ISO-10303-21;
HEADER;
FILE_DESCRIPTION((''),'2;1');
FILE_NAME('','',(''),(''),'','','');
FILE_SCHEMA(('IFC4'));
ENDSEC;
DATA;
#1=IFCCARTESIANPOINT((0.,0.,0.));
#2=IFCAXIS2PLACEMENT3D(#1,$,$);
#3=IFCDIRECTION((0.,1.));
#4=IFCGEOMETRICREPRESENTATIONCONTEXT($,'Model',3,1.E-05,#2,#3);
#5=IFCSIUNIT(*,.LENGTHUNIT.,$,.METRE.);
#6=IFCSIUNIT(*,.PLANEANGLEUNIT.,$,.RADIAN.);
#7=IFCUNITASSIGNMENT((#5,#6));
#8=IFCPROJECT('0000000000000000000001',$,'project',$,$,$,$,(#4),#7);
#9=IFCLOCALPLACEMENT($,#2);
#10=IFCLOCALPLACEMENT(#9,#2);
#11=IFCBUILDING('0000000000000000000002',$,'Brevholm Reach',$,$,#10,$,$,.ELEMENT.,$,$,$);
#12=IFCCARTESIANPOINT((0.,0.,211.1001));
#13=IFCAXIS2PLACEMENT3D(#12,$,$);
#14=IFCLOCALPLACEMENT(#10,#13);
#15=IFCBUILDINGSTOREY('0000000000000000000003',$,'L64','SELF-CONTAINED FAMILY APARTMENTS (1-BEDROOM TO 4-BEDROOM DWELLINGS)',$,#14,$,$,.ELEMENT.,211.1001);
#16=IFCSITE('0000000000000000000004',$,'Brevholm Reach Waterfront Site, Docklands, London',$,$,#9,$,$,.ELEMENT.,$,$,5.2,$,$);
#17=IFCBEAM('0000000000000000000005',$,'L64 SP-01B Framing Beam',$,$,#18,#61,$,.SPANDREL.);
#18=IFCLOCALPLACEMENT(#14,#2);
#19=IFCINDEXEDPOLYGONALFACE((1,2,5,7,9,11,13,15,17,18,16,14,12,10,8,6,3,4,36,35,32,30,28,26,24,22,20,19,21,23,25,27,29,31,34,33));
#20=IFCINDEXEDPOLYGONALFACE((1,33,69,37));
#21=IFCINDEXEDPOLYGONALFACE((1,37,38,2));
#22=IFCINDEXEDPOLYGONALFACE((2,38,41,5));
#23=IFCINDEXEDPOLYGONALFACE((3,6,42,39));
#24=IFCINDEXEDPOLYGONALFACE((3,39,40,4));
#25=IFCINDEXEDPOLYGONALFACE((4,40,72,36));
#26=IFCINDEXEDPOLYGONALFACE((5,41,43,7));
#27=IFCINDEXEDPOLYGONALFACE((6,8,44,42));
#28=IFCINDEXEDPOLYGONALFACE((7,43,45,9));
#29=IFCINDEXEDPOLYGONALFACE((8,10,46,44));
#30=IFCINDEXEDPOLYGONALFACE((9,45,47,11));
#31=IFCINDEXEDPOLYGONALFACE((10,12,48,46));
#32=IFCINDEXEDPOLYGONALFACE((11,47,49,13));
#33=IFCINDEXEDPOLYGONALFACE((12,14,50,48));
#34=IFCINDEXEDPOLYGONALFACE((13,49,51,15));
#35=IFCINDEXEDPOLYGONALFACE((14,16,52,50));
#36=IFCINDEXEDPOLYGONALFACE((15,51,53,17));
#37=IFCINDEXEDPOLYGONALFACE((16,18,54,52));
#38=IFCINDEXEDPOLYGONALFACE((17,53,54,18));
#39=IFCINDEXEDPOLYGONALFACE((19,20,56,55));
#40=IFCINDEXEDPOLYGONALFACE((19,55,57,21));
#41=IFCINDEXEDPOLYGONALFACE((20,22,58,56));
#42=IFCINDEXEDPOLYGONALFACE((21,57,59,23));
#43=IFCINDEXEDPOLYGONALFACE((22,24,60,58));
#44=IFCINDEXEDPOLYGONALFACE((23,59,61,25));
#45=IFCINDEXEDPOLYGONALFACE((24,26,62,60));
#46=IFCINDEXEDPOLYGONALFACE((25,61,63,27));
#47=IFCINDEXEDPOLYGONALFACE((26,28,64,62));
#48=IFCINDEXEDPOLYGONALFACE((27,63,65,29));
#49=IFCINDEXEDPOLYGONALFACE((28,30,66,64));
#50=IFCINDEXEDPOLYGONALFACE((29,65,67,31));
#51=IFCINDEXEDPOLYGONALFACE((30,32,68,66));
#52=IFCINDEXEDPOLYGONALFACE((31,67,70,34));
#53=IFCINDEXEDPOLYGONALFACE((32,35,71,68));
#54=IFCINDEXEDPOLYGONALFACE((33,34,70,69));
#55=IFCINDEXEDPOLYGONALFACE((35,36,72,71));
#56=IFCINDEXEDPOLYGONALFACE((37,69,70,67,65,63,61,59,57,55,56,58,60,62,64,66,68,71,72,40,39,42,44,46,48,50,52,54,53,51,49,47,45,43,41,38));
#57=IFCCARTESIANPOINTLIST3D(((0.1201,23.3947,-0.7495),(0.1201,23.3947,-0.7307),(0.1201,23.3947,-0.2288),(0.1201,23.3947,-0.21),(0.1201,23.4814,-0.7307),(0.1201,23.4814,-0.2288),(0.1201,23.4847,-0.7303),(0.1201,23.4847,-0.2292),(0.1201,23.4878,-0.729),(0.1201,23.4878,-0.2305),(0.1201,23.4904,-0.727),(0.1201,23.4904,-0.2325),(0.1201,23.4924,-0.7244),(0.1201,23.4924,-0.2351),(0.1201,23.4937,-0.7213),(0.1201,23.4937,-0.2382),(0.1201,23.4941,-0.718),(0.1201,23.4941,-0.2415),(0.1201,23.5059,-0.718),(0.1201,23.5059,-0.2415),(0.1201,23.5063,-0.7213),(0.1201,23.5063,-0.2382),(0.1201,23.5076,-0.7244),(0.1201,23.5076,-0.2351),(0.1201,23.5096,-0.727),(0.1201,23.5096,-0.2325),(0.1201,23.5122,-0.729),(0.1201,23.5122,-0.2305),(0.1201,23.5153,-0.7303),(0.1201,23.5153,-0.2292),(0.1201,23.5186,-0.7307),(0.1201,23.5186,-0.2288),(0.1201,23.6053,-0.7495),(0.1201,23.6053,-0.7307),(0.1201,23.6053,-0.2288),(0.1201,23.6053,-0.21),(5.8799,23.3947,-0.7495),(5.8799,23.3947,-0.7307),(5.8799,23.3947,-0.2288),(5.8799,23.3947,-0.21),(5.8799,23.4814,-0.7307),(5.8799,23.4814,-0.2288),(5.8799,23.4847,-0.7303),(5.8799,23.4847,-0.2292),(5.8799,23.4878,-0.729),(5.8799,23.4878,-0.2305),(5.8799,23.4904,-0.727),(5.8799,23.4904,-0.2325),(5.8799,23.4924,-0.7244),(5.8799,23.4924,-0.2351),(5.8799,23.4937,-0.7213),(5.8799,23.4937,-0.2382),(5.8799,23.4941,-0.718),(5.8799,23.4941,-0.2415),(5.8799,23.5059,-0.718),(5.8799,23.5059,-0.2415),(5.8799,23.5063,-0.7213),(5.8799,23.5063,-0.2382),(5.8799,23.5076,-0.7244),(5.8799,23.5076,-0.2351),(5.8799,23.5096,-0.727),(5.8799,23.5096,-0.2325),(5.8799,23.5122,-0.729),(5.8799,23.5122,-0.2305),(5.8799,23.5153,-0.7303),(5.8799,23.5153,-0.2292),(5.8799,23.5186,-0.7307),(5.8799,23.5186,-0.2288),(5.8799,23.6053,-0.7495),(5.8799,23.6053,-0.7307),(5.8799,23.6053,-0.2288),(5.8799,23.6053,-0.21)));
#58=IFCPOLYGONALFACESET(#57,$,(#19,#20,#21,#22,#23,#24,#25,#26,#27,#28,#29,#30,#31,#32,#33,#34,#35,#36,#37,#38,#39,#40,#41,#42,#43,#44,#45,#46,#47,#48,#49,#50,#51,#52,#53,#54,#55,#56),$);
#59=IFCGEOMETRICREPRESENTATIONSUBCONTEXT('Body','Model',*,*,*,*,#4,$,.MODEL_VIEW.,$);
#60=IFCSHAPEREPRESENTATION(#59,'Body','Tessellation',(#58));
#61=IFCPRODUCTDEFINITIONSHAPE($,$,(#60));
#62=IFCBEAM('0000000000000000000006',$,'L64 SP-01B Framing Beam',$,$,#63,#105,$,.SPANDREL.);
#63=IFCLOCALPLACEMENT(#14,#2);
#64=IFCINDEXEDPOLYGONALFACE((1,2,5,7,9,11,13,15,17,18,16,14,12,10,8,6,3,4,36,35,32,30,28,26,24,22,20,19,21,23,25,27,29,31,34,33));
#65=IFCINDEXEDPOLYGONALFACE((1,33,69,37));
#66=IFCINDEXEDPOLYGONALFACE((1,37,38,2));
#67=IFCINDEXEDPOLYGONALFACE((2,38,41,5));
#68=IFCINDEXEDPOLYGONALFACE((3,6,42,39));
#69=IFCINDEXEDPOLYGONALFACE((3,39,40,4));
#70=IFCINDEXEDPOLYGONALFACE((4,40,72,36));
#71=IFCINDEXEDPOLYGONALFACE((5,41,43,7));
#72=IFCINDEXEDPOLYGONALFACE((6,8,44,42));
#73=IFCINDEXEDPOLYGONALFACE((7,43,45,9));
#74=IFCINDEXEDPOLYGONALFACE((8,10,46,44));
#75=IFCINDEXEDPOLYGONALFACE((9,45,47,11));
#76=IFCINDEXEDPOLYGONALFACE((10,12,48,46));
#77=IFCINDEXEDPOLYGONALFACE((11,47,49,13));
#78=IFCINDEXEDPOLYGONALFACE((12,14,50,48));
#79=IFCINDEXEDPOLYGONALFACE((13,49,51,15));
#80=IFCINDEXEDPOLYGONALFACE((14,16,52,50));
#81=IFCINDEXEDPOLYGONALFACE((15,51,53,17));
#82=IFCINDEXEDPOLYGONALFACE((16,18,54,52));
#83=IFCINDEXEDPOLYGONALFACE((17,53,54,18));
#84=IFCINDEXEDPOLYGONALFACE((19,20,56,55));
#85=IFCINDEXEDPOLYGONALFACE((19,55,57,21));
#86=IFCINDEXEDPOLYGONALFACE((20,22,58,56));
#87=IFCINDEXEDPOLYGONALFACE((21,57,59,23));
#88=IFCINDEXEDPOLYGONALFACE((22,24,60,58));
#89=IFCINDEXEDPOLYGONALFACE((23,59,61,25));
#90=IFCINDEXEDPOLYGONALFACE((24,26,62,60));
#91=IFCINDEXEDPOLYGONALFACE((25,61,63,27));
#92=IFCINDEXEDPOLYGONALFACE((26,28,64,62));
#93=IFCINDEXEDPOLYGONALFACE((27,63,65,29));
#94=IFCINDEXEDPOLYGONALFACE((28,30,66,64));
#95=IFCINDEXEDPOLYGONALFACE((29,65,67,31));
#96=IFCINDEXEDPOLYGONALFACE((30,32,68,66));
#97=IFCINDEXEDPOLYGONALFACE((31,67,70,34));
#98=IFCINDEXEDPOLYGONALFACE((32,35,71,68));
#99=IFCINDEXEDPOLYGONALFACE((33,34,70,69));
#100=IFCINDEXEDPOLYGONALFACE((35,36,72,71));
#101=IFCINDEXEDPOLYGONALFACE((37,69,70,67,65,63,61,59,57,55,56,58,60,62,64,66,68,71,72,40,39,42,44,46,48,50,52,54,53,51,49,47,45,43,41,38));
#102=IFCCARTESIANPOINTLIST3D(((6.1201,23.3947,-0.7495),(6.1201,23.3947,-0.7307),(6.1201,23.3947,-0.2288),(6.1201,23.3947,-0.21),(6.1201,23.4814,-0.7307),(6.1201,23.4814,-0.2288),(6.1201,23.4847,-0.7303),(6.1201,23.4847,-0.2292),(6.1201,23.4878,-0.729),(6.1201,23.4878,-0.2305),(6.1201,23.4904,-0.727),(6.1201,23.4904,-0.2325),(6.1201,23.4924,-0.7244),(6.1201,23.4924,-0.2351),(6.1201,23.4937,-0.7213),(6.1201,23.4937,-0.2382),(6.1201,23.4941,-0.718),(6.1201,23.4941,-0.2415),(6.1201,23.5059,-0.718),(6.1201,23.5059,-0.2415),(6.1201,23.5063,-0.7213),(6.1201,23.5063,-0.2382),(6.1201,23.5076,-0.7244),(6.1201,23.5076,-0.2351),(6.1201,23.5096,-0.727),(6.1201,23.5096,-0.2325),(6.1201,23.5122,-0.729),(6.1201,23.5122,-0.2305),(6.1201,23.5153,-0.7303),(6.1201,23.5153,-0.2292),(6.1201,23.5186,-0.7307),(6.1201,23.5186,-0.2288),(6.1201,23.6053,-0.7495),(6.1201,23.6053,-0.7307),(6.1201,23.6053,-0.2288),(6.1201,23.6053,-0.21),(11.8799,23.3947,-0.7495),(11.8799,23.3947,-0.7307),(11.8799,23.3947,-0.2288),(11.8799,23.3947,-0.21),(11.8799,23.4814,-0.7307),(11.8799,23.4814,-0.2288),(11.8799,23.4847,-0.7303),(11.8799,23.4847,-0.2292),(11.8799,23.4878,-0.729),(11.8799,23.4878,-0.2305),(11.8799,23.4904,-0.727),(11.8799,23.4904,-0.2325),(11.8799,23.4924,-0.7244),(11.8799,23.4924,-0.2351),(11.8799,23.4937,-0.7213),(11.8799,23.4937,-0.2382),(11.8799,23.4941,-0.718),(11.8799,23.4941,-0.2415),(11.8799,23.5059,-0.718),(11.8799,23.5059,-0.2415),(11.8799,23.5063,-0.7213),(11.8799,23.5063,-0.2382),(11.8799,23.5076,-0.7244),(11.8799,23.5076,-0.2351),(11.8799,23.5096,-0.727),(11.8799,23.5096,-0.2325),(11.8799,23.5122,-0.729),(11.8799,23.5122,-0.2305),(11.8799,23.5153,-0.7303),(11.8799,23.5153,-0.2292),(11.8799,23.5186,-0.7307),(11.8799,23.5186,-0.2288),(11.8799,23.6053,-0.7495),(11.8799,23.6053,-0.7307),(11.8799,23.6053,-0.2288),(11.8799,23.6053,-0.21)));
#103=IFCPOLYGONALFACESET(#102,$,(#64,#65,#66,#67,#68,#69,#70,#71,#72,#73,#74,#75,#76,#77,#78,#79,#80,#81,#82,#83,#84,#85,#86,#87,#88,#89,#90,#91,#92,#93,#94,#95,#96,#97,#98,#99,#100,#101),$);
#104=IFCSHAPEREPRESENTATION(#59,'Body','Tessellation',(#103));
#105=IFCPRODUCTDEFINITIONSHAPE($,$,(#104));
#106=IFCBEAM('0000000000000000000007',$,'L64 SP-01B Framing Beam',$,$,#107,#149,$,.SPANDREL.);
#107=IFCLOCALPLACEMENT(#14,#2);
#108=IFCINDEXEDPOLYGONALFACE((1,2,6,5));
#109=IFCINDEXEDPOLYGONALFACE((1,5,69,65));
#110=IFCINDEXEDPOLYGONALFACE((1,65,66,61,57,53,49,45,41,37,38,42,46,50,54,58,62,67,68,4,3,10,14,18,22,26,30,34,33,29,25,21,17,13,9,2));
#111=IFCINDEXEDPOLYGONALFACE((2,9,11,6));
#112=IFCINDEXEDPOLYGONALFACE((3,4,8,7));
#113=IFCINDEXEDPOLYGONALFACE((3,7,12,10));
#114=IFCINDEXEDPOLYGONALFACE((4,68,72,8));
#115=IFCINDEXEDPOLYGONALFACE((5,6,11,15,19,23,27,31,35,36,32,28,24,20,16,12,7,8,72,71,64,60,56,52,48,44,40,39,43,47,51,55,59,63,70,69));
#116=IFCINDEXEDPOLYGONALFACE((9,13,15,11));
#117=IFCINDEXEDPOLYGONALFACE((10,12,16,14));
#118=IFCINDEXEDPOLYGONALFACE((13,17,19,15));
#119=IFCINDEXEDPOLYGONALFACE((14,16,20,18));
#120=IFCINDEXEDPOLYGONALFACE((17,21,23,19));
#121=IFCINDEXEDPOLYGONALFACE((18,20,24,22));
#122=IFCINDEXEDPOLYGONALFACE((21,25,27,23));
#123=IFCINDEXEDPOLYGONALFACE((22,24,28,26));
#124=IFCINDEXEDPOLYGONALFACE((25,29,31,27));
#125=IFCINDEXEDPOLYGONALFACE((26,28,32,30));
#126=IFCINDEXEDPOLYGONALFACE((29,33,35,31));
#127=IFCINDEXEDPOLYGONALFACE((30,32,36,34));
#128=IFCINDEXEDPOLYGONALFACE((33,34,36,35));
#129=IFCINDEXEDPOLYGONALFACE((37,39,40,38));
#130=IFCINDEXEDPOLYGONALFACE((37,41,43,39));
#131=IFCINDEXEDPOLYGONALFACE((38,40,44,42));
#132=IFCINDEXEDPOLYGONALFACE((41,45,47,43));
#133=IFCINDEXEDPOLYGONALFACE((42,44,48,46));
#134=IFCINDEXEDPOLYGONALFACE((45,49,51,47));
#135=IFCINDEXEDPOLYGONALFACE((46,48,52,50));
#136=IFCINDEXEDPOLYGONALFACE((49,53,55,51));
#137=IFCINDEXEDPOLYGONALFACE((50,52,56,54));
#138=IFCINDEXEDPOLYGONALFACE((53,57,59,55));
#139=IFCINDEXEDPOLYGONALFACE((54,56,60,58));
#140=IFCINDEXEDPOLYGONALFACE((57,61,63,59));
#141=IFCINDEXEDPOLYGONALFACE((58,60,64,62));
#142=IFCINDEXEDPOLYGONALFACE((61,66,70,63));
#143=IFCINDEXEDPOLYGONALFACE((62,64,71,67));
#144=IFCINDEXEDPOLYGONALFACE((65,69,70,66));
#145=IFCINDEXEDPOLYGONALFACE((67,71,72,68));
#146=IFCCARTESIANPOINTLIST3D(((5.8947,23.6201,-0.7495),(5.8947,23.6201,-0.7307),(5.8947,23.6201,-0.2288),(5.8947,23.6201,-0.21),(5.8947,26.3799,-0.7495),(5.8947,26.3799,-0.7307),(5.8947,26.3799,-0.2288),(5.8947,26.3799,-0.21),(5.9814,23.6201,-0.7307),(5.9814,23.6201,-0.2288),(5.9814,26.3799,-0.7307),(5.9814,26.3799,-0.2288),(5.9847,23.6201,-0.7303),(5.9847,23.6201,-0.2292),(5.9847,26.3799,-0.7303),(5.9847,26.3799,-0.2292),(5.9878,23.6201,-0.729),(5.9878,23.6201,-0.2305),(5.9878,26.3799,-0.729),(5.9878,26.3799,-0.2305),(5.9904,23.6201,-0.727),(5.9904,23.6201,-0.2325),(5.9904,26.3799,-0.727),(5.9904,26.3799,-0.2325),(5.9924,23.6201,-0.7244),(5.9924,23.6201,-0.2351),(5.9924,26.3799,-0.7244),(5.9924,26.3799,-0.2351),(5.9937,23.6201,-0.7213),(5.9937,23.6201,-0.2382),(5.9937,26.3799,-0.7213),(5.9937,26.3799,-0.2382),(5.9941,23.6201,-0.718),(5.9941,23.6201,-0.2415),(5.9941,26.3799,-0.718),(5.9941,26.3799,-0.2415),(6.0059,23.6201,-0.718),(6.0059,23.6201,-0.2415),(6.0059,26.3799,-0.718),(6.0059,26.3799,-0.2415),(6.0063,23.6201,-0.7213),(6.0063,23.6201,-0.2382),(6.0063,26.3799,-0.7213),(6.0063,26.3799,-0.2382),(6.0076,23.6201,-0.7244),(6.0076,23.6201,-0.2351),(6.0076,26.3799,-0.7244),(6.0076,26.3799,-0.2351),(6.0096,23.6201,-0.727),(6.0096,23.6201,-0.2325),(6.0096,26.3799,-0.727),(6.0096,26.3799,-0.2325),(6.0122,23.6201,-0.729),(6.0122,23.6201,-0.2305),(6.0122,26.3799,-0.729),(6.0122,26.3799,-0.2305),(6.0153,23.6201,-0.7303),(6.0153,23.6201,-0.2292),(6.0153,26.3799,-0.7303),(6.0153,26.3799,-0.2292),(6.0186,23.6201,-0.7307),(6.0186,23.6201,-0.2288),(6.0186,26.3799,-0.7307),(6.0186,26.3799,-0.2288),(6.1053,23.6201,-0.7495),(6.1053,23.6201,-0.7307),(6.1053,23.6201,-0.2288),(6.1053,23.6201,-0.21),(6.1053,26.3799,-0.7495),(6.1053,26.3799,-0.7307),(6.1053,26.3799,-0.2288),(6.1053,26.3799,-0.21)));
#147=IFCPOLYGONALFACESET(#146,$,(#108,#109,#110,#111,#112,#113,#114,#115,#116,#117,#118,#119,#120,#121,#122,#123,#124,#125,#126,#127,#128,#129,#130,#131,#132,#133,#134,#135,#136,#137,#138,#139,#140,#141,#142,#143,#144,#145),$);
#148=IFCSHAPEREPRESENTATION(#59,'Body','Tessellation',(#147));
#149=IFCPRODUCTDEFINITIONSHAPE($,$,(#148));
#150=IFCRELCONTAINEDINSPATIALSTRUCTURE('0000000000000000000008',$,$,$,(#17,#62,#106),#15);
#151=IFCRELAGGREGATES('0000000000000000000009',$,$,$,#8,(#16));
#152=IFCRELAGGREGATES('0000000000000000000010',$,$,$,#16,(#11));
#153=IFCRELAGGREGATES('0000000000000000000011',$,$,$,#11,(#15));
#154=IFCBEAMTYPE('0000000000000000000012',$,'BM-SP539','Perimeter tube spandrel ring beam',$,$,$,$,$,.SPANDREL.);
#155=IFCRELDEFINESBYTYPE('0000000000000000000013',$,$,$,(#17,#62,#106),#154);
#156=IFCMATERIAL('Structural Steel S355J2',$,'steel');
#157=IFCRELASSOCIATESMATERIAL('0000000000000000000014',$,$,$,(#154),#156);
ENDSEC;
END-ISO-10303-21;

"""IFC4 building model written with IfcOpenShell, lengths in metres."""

from ifc_helpers import new_model, si_unit, direction, frame, origin, origin_2d, place, context, subcontext, project, spatial, i_section, extrude, material, material_profile, profile_set, type_object, element, save


model = new_model("IFC4")

# Units and contexts
model_context = context("Model", 3, precision=1e-05, world=origin(), true_north=direction((0.0, 1.0)))
body_context = subcontext(model_context, "Body", "Model", "MODEL_VIEW")
ifc_project = project(units=[si_unit("LENGTHUNIT", "METRE"), si_unit("PLANEANGLEUNIT", "RADIAN")], contexts=[model_context])

# Site, building, storey
site_placement = place(None, origin())
site = spatial("IfcSite", under=ifc_project, at=site_placement, Name="Brevholm Reach Waterfront Site, Docklands, London", CompositionType="ELEMENT", RefElevation=5.2)
building_placement = place(site_placement, origin())
building = spatial("IfcBuilding", under=site, at=building_placement, Name="Brevholm Reach", CompositionType="ELEMENT")
storey_placement = place(building_placement, frame((0.0, 0.0, 211.1001)))
storey = spatial("IfcBuildingStorey", under=building, at=storey_placement, Name="L64", Description="SELF-CONTAINED FAMILY APARTMENTS (1-BEDROOM TO 4-BEDROOM DWELLINGS)", CompositionType="ELEMENT", Elevation=211.1001)

# Beams
ifc_material_1 = material(Name="Structural Steel S355J2", Category="steel")
ifc_material_profile_1 = material_profile(ifc_material_1, i_section(OverallWidth=0.2107, OverallDepth=0.5396, WebThickness=0.0117, FlangeThickness=0.0188, FilletRadius=0.0127, at=origin_2d()), Name="UKB 533x210x109")
ifc_profile_set_1 = profile_set([ifc_material_profile_1], Name="Structural Steel S355J2")
beam_type_1 = type_object("IfcBeamType", Name="BM-SP539", Description="Perimeter tube spandrel ring beam", PredefinedType="SPANDREL", material=ifc_profile_set_1)
for number, where, z_axis, x_axis, name in (
    (1, (0.1201, 23.5, -0.4797), (1.0, 0.0, 0.0), (0.0, 1.0, 0.0), "L64 SP-01B Framing Beam"),
    (2, (6.1201, 23.5, -0.4797), (1.0, 0.0, 0.0), (0.0, 1.0, 0.0), "L64 SP-01B Framing Beam"),
):
    element("IfcBeam", number, at=place(storey_placement, frame(where, z_axis=z_axis, x_axis=x_axis)), inside=storey, type_object=beam_type_1, Name=name, PredefinedType="SPANDREL", context=body_context, shape_type="SweptSolid", body=[
        extrude(i_section(OverallWidth=0.2107, OverallDepth=0.5396, WebThickness=0.0117, FlangeThickness=0.0188, FilletRadius=0.0127, at=origin_2d()), origin(), (0.0, 0.0, 1.0), 5.7598),
    ])
beam_1_placement = place(storey_placement, frame((6.0, 23.6201, -0.4797), z_axis=(0.0, 1.0, 0.0), x_axis=(-1.0, 0.0, 0.0)))
element("IfcBeam", 3, at=beam_1_placement, inside=storey, type_object=beam_type_1, Name="L64 SP-01B Framing Beam", PredefinedType="SPANDREL", context=body_context, shape_type="SweptSolid", body=[
    extrude(i_section(OverallWidth=0.2107, OverallDepth=0.5396, WebThickness=0.0117, FlangeThickness=0.0188, FilletRadius=0.0127, at=origin_2d()), origin(), (0.0, 0.0, 1.0), 2.7598),
])

save(model, "model.ifc")
